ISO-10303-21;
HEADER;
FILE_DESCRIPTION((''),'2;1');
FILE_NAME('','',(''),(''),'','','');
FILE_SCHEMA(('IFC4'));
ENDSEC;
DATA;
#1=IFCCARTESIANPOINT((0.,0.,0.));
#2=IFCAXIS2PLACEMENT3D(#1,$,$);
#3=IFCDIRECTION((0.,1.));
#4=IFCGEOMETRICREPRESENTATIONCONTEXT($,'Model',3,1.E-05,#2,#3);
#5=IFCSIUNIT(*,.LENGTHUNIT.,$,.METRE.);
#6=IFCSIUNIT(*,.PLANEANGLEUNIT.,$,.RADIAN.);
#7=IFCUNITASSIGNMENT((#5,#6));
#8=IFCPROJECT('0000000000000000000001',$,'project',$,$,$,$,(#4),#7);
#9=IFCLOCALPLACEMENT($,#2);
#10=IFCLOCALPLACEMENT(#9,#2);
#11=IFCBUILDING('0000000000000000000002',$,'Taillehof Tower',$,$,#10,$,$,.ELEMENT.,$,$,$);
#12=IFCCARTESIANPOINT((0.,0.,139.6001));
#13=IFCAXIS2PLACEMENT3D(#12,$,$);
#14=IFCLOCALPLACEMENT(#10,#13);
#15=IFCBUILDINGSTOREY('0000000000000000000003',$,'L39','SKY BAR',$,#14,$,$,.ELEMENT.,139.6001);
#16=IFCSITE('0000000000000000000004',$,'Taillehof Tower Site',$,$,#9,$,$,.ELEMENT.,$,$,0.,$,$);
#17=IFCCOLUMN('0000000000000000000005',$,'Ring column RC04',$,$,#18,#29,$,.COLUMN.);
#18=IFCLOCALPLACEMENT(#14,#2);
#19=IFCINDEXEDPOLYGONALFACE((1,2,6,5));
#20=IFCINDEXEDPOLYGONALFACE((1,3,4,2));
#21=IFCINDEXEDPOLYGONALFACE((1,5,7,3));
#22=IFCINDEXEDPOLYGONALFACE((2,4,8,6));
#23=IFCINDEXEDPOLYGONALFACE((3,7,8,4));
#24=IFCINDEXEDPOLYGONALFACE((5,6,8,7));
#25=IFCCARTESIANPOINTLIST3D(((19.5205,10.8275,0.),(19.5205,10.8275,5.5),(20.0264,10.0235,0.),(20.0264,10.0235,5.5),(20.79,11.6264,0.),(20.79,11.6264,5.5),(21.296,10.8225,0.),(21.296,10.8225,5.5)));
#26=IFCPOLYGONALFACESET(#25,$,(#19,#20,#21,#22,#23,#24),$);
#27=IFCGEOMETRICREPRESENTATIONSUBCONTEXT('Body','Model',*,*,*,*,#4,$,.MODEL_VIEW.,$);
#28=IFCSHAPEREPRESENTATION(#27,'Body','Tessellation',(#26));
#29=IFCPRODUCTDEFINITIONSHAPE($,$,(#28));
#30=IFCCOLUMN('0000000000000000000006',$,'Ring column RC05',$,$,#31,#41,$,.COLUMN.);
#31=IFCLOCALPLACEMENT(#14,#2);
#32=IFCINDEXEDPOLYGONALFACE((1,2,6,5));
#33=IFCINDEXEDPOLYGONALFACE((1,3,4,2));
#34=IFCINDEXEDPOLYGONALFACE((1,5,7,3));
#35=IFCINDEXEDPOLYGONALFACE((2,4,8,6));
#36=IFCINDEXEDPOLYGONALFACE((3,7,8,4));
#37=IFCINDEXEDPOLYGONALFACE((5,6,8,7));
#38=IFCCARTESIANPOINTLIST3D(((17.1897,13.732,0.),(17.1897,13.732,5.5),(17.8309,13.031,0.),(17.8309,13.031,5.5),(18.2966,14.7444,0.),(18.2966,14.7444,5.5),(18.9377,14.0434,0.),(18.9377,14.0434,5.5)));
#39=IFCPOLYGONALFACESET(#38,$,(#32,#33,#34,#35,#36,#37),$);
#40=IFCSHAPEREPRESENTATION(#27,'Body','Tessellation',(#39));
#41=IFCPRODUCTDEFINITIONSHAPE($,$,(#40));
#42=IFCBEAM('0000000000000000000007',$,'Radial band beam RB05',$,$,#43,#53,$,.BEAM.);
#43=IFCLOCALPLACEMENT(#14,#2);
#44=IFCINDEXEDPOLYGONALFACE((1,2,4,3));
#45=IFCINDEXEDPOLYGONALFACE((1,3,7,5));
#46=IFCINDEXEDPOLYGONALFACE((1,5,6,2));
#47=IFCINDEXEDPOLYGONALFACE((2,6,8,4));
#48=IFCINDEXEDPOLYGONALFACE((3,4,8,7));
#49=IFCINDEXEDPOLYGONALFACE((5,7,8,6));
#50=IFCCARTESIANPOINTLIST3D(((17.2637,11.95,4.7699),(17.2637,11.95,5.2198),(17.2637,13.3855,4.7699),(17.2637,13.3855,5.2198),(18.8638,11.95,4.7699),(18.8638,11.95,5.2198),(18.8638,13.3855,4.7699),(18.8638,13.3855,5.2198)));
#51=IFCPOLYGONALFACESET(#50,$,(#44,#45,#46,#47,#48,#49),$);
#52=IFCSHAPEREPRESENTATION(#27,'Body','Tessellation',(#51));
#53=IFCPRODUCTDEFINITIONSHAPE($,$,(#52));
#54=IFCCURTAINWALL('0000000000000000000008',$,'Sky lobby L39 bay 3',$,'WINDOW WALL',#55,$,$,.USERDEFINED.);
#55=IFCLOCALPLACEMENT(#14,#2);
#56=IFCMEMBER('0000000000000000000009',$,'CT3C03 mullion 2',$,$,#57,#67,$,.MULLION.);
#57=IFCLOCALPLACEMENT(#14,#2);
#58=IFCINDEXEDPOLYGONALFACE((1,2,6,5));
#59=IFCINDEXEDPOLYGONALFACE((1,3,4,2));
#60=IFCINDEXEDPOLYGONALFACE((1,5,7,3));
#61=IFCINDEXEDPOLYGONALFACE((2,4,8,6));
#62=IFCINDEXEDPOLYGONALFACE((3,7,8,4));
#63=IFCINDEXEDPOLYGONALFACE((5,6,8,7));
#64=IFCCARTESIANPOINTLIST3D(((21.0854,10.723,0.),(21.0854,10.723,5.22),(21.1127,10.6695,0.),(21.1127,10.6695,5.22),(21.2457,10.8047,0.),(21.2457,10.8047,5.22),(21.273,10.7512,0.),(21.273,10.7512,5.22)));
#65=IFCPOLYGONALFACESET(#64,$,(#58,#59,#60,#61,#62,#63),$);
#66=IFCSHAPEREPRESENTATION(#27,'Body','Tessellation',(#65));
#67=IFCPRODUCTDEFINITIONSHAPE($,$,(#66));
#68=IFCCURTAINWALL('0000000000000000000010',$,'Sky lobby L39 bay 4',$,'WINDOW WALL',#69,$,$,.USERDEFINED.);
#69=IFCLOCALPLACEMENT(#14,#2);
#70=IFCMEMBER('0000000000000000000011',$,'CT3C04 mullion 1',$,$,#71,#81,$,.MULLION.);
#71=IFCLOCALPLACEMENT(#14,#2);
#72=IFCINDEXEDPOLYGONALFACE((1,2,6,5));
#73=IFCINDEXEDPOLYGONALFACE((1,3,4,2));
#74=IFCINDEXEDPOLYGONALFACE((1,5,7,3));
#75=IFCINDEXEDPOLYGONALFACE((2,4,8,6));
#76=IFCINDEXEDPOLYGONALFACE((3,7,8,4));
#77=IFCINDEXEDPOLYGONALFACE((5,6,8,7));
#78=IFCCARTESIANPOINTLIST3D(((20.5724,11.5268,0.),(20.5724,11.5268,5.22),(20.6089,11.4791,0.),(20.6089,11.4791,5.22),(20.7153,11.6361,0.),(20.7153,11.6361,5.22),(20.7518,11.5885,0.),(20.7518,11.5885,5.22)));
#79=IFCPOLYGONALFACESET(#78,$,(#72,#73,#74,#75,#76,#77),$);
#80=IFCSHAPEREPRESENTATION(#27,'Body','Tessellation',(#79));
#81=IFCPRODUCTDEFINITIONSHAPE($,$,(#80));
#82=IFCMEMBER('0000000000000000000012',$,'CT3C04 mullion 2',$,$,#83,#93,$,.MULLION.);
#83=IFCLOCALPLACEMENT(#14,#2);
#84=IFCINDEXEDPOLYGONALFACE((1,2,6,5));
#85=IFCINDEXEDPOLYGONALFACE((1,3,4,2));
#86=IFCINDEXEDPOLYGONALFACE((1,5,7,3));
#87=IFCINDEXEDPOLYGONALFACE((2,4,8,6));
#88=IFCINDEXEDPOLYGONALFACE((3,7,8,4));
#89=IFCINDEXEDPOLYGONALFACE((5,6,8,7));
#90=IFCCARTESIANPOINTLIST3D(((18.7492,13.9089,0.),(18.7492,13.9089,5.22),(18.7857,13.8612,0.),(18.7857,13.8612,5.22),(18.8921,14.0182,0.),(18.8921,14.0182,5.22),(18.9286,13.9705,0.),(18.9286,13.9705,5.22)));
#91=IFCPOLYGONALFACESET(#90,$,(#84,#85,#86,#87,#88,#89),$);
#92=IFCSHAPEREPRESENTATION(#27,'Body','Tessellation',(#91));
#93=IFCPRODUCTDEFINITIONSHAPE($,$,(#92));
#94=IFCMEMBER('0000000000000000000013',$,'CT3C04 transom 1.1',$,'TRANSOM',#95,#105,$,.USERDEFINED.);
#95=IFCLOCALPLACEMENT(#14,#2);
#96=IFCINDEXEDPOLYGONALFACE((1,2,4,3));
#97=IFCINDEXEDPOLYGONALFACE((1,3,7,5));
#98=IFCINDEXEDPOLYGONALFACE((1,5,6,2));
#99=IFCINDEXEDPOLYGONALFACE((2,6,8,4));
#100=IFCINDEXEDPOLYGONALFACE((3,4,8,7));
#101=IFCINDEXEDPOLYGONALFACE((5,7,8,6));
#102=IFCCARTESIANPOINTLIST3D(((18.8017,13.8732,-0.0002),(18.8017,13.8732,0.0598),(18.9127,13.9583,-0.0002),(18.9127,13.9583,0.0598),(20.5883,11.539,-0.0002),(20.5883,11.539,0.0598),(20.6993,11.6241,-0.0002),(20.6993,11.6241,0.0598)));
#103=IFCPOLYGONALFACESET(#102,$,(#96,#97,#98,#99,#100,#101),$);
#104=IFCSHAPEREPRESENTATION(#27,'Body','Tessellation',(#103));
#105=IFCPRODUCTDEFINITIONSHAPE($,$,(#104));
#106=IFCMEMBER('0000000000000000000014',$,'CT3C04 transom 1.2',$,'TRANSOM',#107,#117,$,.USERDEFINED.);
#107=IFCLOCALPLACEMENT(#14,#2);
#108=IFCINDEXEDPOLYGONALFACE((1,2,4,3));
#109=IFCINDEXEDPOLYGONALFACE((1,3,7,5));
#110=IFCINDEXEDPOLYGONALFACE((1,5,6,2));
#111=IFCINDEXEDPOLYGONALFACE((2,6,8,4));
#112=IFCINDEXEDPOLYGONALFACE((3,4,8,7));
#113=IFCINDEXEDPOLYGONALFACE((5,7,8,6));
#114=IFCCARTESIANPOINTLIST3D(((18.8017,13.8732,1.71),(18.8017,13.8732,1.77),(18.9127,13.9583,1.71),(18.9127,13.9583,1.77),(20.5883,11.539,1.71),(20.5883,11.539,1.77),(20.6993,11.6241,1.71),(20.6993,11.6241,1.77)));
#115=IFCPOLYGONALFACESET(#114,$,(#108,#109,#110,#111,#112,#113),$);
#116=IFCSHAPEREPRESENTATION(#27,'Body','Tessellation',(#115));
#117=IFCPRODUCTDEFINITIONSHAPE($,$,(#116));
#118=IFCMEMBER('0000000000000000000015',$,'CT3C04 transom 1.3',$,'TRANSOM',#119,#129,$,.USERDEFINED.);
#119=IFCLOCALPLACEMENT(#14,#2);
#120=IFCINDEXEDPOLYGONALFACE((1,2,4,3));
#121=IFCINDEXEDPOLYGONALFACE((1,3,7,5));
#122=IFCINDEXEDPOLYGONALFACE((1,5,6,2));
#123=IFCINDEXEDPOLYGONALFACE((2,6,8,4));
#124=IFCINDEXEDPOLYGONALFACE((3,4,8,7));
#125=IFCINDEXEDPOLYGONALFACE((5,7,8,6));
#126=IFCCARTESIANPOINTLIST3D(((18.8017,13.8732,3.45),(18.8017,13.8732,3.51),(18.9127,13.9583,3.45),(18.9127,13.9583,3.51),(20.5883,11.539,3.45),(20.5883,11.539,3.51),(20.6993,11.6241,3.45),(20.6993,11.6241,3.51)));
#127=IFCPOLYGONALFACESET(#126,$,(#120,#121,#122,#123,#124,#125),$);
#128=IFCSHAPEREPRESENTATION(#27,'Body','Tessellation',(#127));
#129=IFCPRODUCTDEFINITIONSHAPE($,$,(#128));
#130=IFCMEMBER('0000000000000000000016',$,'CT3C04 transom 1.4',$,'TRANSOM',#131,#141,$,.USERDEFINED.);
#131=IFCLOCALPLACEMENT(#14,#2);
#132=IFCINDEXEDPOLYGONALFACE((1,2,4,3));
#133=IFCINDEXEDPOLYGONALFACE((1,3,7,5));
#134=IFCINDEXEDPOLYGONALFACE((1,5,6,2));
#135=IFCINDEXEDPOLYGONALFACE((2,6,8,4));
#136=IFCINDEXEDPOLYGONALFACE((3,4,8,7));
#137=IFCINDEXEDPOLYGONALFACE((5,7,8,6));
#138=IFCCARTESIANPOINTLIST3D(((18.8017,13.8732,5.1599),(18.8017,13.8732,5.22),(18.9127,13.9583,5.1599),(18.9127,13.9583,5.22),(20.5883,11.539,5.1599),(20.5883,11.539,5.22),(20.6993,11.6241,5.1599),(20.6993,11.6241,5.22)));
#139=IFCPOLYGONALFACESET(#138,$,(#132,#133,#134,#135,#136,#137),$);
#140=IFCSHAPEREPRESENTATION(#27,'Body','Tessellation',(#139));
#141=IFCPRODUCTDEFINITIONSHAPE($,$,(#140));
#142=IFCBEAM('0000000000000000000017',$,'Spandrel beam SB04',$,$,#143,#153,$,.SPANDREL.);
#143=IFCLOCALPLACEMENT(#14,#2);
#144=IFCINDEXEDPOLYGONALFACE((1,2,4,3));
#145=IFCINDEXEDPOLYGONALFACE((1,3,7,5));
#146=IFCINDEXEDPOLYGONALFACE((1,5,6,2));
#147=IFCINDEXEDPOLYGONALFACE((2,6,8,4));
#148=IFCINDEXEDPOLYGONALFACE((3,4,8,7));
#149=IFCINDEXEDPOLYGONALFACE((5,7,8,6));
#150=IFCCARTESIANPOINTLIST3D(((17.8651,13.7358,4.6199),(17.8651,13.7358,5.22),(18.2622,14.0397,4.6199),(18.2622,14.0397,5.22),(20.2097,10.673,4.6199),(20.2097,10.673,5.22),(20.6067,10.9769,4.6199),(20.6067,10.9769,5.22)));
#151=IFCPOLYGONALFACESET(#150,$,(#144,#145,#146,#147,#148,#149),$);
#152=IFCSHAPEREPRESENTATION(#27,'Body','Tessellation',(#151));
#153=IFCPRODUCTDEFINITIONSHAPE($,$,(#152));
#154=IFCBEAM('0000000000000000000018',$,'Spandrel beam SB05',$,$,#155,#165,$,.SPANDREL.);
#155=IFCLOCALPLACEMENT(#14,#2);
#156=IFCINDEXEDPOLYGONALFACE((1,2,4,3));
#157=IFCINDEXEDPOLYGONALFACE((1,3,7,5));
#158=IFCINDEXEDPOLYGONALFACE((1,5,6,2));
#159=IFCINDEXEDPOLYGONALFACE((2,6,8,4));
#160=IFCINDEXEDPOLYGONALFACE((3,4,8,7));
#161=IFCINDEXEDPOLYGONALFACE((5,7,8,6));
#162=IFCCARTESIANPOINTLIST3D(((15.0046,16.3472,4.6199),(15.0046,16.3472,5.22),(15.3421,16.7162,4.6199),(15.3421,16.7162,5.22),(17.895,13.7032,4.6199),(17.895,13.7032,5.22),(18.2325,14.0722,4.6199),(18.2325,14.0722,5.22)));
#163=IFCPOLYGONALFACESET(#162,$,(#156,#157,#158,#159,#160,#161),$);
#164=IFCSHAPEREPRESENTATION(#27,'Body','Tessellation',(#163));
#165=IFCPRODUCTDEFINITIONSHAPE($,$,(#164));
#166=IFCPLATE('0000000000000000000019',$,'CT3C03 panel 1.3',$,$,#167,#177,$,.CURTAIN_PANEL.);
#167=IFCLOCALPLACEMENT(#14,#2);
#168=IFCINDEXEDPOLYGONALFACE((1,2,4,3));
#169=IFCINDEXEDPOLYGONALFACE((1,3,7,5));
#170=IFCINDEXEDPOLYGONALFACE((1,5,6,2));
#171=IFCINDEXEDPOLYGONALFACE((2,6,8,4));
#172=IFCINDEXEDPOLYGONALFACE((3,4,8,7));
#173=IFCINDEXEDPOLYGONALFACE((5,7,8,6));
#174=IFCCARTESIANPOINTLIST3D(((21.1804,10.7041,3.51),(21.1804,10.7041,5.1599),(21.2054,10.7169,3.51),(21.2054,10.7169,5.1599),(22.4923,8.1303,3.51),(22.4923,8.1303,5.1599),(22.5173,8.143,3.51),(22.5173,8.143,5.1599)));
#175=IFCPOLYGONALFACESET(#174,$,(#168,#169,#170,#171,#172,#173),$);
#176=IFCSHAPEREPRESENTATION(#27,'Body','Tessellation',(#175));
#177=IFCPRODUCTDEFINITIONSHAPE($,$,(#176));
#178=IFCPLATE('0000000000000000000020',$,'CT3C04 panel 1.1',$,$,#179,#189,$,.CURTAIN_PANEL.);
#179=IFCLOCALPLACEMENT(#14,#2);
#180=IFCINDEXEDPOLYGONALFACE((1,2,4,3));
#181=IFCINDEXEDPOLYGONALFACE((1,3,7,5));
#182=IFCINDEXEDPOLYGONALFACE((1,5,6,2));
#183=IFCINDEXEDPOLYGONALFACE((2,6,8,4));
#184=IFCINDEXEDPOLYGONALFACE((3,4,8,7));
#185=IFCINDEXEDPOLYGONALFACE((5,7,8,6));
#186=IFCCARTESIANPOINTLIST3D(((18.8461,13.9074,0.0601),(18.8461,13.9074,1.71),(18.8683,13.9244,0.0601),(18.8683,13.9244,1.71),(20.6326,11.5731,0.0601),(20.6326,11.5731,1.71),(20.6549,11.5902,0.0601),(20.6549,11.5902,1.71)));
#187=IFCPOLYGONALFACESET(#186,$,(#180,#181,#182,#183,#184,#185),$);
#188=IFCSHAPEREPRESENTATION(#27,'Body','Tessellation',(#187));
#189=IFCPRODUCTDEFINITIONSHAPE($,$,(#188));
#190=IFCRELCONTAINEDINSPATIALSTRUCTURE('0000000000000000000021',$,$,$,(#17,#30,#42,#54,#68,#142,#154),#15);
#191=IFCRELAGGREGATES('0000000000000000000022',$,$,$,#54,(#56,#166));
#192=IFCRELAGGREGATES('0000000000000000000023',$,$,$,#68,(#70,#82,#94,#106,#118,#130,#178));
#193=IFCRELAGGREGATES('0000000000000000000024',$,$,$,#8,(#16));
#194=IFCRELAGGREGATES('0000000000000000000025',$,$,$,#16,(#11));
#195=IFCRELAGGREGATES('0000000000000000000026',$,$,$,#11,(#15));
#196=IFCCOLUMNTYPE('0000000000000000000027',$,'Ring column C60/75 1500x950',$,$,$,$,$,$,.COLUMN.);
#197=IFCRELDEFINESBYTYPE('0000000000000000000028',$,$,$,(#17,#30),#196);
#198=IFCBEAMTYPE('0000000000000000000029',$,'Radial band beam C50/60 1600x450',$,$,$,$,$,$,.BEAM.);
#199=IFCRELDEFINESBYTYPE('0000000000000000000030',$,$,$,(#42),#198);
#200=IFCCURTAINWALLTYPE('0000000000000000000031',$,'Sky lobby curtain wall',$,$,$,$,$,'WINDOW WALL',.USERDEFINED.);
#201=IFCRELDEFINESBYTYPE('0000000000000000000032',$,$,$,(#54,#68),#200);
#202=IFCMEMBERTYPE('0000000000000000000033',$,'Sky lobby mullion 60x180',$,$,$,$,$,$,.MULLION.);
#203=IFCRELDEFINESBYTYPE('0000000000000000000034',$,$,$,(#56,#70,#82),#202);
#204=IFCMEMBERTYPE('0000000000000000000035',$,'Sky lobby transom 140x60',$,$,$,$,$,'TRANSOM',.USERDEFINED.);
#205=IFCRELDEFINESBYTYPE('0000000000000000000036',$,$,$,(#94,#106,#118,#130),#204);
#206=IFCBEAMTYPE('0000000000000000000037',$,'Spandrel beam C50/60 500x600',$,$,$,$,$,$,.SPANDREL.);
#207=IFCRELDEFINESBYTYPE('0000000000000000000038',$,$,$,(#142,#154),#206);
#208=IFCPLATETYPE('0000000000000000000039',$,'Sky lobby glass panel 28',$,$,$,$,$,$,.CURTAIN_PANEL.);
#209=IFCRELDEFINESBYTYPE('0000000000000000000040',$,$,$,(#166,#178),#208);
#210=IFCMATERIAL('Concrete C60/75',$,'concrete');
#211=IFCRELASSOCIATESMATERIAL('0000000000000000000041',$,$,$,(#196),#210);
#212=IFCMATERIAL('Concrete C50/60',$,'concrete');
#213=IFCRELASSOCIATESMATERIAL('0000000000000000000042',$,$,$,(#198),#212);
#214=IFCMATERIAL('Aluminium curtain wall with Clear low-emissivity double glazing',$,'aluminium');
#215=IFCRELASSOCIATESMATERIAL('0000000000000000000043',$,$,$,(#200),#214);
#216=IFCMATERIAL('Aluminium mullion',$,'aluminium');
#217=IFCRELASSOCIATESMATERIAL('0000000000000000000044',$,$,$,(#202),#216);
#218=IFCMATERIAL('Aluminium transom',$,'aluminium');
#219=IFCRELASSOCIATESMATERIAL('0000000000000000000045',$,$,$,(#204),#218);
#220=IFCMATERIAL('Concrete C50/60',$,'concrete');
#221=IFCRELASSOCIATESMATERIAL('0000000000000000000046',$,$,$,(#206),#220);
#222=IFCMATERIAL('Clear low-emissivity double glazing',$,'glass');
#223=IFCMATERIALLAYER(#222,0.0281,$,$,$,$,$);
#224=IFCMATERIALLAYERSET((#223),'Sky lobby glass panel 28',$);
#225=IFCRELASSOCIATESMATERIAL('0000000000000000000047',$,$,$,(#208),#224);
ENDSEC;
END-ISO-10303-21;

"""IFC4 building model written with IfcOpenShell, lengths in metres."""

from ifc_helpers import new_model, si_unit, direction, frame, origin, origin_2d, place, context, subcontext, project, spatial, rectangle, extrude, material, layer, layer_set, material_profile, profile_set, type_object, element, aggregate, save


model = new_model("IFC4")

# Units and contexts
model_context = context("Model", 3, precision=1e-05, world=origin(), true_north=direction((0.0, 1.0)))
body_context = subcontext(model_context, "Body", "Model", "MODEL_VIEW")
ifc_project = project(units=[si_unit("LENGTHUNIT", "METRE"), si_unit("PLANEANGLEUNIT", "RADIAN")], contexts=[model_context])

# Site, building, storey
site_placement = place(None, origin())
site = spatial("IfcSite", under=ifc_project, at=site_placement, Name="Taillehof Tower Site", CompositionType="ELEMENT", RefElevation=0.0)
building_placement = place(site_placement, origin())
building = spatial("IfcBuilding", under=site, at=building_placement, Name="Taillehof Tower", CompositionType="ELEMENT")
storey_placement = place(building_placement, frame((0.0, 0.0, 139.6001)))
storey = spatial("IfcBuildingStorey", under=building, at=storey_placement, Name="L39", Description="SKY BAR", CompositionType="ELEMENT", Elevation=139.6001)

# Columns
ifc_material_1 = material(Name="Concrete C60/75", Category="concrete")
ifc_material_profile_1 = material_profile(ifc_material_1, rectangle(XDim=1.5, YDim=0.95, at=origin_2d()), Name="RC 1500x950")
ifc_profile_set_1 = profile_set([ifc_material_profile_1], Name="Concrete C60/75")
column_type = type_object("IfcColumnType", Name="Ring column C60/75 1500x950", PredefinedType="COLUMN", material=ifc_profile_set_1)
for number, where, z_axis, x_axis, name in (
    (1, (20.4082, 10.825, 0.0), (0.0, 0.0, 1.0), (0.846334, 0.532652, 0.0), "Ring column RC04"),
    (2, (18.0637, 13.8877, 0.0), (0.0, 0.0, 1.0), (0.737879, 0.674933, 0.0), "Ring column RC05"),
):
    element("IfcColumn", number, at=place(storey_placement, frame(where, z_axis=z_axis, x_axis=x_axis)), inside=storey, type_object=column_type, Name=name, PredefinedType="COLUMN", context=body_context, shape_type="SweptSolid", body=[
        extrude(rectangle(XDim=1.5, YDim=0.95, at=origin_2d()), origin(), (0.0, 0.0, 1.0), 5.5),
    ])

# Beam
ifc_material_2 = material(Name="Concrete C50/60", Category="concrete")
ifc_material_profile_2 = material_profile(ifc_material_2, rectangle(XDim=1.6001, YDim=0.45, at=origin_2d()), Name="RC 1600x450")
ifc_profile_set_2 = profile_set([ifc_material_profile_2], Name="Concrete C50/60")
beam_type_1 = type_object("IfcBeamType", Name="Radial band beam C50/60 1600x450", PredefinedType="BEAM", material=ifc_profile_set_2)
beam_1_placement = place(storey_placement, frame((18.0637, 13.3855, 4.9949), z_axis=(0.0, -1.0, 0.0), x_axis=(1.0, 0.0, 0.0)))
element("IfcBeam", 3, at=beam_1_placement, inside=storey, type_object=beam_type_1, Name="Radial band beam RB05", PredefinedType="BEAM", context=body_context, shape_type="SweptSolid", body=[
    extrude(rectangle(XDim=1.6001, YDim=0.45, at=origin_2d()), origin(), (0.0, 0.0, 1.0), 1.4355),
])

# Curtain wall, member
ifc_material_3 = material(Name="Aluminium curtain wall with Clear low-emissivity double glazing", Category="aluminium")
curtain_wall_type = type_object("IfcCurtainWallType", Name="Sky lobby curtain wall", ElementType="WINDOW WALL", PredefinedType="USERDEFINED", material=ifc_material_3)
curtain_wall_1_placement = place(storey_placement, origin())
curtain_wall_1 = element("IfcCurtainWall", 4, at=curtain_wall_1_placement, inside=storey, type_object=curtain_wall_type, Name="Sky lobby L39 bay 3", ObjectType="WINDOW WALL", PredefinedType="USERDEFINED")
ifc_material_4 = material(Name="Aluminium mullion", Category="aluminium")
ifc_material_profile_3 = material_profile(ifc_material_4, rectangle(XDim=0.1799, YDim=0.0601, at=origin_2d()), Name="AL 60x180")
ifc_profile_set_3 = profile_set([ifc_material_profile_3], Name="Aluminium mullion")
member_type_1 = type_object("IfcMemberType", Name="Sky lobby mullion 60x180", PredefinedType="MULLION", material=ifc_profile_set_3)
member_1_placement = place(storey_placement, frame((21.1792, 10.7371, 0.0), z_axis=(0.0, 0.0, 1.0), x_axis=(-0.89094, -0.454121, 0.0)))
member_1 = element("IfcMember", 5, at=member_1_placement, type_object=member_type_1, Name="CT3C03 mullion 2", PredefinedType="MULLION", context=body_context, shape_type="SweptSolid", body=[
    extrude(rectangle(XDim=0.1799, YDim=0.0601, at=origin_2d()), origin(), (0.0, 0.0, 1.0), 5.22),
])

# Curtain wall, members
curtain_wall_2_placement = place(storey_placement, origin())
curtain_wall_2 = element("IfcCurtainWall", 6, at=curtain_wall_2_placement, inside=storey, type_object=curtain_wall_type, Name="Sky lobby L39 bay 4", ObjectType="WINDOW WALL", PredefinedType="USERDEFINED")
member_2_placement = place(storey_placement, frame((20.6621, 11.5576, 0.0), z_axis=(0.0, 0.0, 1.0), x_axis=(-0.794097, -0.607791, 0.0)))
member_2 = element("IfcMember", 7, at=member_2_placement, type_object=member_type_1, Name="CT3C04 mullion 1", PredefinedType="MULLION", context=body_context, shape_type="SweptSolid", body=[
    extrude(rectangle(XDim=0.1799, YDim=0.0601, at=origin_2d()), origin(), (0.0, 0.0, 1.0), 5.22),
])
member_3_placement = place(storey_placement, frame((18.8389, 13.9397, 0.0), z_axis=(0.0, 0.0, 1.0), x_axis=(-0.794097, -0.607791, 0.0)))
member_3 = element("IfcMember", 8, at=member_3_placement, type_object=member_type_1, Name="CT3C04 mullion 2", PredefinedType="MULLION", context=body_context, shape_type="SweptSolid", body=[
    extrude(rectangle(XDim=0.1799, YDim=0.0601, at=origin_2d()), origin(), (0.0, 0.0, 1.0), 5.22),
])
ifc_material_5 = material(Name="Aluminium transom", Category="aluminium")
ifc_material_profile_4 = material_profile(ifc_material_5, rectangle(XDim=0.1399, YDim=0.0601, at=origin_2d()), Name="AL 140x60")
ifc_profile_set_4 = profile_set([ifc_material_profile_4], Name="Aluminium transom")
member_type_2 = type_object("IfcMemberType", Name="Sky lobby transom 140x60", ElementType="TRANSOM", PredefinedType="USERDEFINED", material=ifc_profile_set_4)
member_4_placement = place(storey_placement, frame((20.6438, 11.5815, 0.0298), z_axis=(-0.607798, 0.794091, 0.0), x_axis=(-0.794091, -0.607798, 0.0)))
member_4 = element("IfcMember", 9, at=member_4_placement, type_object=member_type_2, Name="CT3C04 transom 1.1", ObjectType="TRANSOM", PredefinedType="USERDEFINED", context=body_context, shape_type="SweptSolid", body=[
    extrude(rectangle(XDim=0.1399, YDim=0.0601, at=origin_2d()), origin(), (0.0, 0.0, 1.0), 2.9395),
])
member_5_placement = place(storey_placement, frame((20.6438, 11.5815, 1.74), z_axis=(-0.607798, 0.794091, 0.0), x_axis=(-0.794091, -0.607798, 0.0)))
member_5 = element("IfcMember", 10, at=member_5_placement, type_object=member_type_2, Name="CT3C04 transom 1.2", ObjectType="TRANSOM", PredefinedType="USERDEFINED", context=body_context, shape_type="SweptSolid", body=[
    extrude(rectangle(XDim=0.1399, YDim=0.0601, at=origin_2d()), origin(), (0.0, 0.0, 1.0), 2.9395),
])
member_6_placement = place(storey_placement, frame((20.6438, 11.5815, 3.48), z_axis=(-0.607798, 0.794091, 0.0), x_axis=(-0.794091, -0.607798, 0.0)))
member_6 = element("IfcMember", 11, at=member_6_placement, type_object=member_type_2, Name="CT3C04 transom 1.3", ObjectType="TRANSOM", PredefinedType="USERDEFINED", context=body_context, shape_type="SweptSolid", body=[
    extrude(rectangle(XDim=0.1399, YDim=0.0601, at=origin_2d()), origin(), (0.0, 0.0, 1.0), 2.9395),
])
member_7_placement = place(storey_placement, frame((20.6438, 11.5815, 5.1899), z_axis=(-0.607798, 0.794091, 0.0), x_axis=(-0.794091, -0.607798, 0.0)))
member_7 = element("IfcMember", 12, at=member_7_placement, type_object=member_type_2, Name="CT3C04 transom 1.4", ObjectType="TRANSOM", PredefinedType="USERDEFINED", context=body_context, shape_type="SweptSolid", body=[
    extrude(rectangle(XDim=0.1399, YDim=0.0601, at=origin_2d()), origin(), (0.0, 0.0, 1.0), 2.9395),
])

# Beams
ifc_material_6 = material(Name="Concrete C50/60", Category="concrete")
ifc_material_profile_5 = material_profile(ifc_material_6, rectangle(XDim=0.5, YDim=0.6001, at=origin_2d()), Name="RC 500x600")
ifc_profile_set_5 = profile_set([ifc_material_profile_5], Name="Concrete C50/60")
beam_type_2 = type_object("IfcBeamType", Name="Spandrel beam C50/60 500x600", PredefinedType="SPANDREL", material=ifc_profile_set_5)
beam_2_placement = place(storey_placement, frame((20.4082, 10.825, 4.9199), z_axis=(-0.60784, 0.794059, 0.0), x_axis=(-0.794059, -0.60784, 0.0)))
element("IfcBeam", 13, at=beam_2_placement, inside=storey, type_object=beam_type_2, Name="Spandrel beam SB04", PredefinedType="SPANDREL", context=body_context, shape_type="SweptSolid", body=[
    extrude(rectangle(XDim=0.5, YDim=0.6001, at=origin_2d()), origin(), (0.0, 0.0, 1.0), 3.8572),
])
beam_3_placement = place(storey_placement, frame((18.0637, 13.8877, 4.9199), z_axis=(-0.73785, 0.674965, 0.0), x_axis=(-0.674965, -0.73785, 0.0)))
element("IfcBeam", 14, at=beam_3_placement, inside=storey, type_object=beam_type_2, Name="Spandrel beam SB05", PredefinedType="SPANDREL", context=body_context, shape_type="SweptSolid", body=[
    extrude(rectangle(XDim=0.5, YDim=0.6001, at=origin_2d()), origin(), (0.0, 0.0, 1.0), 3.9172),
])

# Plates
ifc_material_7 = material(Name="Clear low-emissivity double glazing", Category="glass")
ifc_layer_1 = layer(ifc_material_7, 0.0281)
ifc_layer_set_1 = layer_set([ifc_layer_1], Name="Sky lobby glass panel 28")
plate_type = type_object("IfcPlateType", Name="Sky lobby glass panel 28", PredefinedType="CURTAIN_PANEL", material=ifc_layer_set_1)
plate_1_placement = place(storey_placement, frame((21.8489, 9.4236, 3.51), z_axis=(0.0, 0.0, 1.0), x_axis=(-0.454121, 0.89094, 0.0)))
plate_1 = element("IfcPlate", 15, at=plate_1_placement, type_object=plate_type, Name="CT3C03 panel 1.3", PredefinedType="CURTAIN_PANEL", context=body_context, shape_type="SweptSolid", body=[
    extrude(rectangle(XDim=2.8889, YDim=0.0281, at=origin_2d()), origin(), (0.0, 0.0, 1.0), 1.6499),
])
aggregate(curtain_wall_1, [member_1, plate_1])
plate_2_placement = place(storey_placement, frame((19.7505, 12.7488, 0.0601), z_axis=(0.0, 0.0, 1.0), x_axis=(-0.607791, 0.794097, 0.0)))
plate_2 = element("IfcPlate", 16, at=plate_2_placement, type_object=plate_type, Name="CT3C04 panel 1.1", PredefinedType="CURTAIN_PANEL", context=body_context, shape_type="SweptSolid", body=[
    extrude(rectangle(XDim=2.9395, YDim=0.0281, at=origin_2d()), origin(), (0.0, 0.0, 1.0), 1.6499),
])
aggregate(curtain_wall_2, [member_2, member_3, member_4, member_5, member_6, member_7, plate_2])

save(model, "model.ifc")
